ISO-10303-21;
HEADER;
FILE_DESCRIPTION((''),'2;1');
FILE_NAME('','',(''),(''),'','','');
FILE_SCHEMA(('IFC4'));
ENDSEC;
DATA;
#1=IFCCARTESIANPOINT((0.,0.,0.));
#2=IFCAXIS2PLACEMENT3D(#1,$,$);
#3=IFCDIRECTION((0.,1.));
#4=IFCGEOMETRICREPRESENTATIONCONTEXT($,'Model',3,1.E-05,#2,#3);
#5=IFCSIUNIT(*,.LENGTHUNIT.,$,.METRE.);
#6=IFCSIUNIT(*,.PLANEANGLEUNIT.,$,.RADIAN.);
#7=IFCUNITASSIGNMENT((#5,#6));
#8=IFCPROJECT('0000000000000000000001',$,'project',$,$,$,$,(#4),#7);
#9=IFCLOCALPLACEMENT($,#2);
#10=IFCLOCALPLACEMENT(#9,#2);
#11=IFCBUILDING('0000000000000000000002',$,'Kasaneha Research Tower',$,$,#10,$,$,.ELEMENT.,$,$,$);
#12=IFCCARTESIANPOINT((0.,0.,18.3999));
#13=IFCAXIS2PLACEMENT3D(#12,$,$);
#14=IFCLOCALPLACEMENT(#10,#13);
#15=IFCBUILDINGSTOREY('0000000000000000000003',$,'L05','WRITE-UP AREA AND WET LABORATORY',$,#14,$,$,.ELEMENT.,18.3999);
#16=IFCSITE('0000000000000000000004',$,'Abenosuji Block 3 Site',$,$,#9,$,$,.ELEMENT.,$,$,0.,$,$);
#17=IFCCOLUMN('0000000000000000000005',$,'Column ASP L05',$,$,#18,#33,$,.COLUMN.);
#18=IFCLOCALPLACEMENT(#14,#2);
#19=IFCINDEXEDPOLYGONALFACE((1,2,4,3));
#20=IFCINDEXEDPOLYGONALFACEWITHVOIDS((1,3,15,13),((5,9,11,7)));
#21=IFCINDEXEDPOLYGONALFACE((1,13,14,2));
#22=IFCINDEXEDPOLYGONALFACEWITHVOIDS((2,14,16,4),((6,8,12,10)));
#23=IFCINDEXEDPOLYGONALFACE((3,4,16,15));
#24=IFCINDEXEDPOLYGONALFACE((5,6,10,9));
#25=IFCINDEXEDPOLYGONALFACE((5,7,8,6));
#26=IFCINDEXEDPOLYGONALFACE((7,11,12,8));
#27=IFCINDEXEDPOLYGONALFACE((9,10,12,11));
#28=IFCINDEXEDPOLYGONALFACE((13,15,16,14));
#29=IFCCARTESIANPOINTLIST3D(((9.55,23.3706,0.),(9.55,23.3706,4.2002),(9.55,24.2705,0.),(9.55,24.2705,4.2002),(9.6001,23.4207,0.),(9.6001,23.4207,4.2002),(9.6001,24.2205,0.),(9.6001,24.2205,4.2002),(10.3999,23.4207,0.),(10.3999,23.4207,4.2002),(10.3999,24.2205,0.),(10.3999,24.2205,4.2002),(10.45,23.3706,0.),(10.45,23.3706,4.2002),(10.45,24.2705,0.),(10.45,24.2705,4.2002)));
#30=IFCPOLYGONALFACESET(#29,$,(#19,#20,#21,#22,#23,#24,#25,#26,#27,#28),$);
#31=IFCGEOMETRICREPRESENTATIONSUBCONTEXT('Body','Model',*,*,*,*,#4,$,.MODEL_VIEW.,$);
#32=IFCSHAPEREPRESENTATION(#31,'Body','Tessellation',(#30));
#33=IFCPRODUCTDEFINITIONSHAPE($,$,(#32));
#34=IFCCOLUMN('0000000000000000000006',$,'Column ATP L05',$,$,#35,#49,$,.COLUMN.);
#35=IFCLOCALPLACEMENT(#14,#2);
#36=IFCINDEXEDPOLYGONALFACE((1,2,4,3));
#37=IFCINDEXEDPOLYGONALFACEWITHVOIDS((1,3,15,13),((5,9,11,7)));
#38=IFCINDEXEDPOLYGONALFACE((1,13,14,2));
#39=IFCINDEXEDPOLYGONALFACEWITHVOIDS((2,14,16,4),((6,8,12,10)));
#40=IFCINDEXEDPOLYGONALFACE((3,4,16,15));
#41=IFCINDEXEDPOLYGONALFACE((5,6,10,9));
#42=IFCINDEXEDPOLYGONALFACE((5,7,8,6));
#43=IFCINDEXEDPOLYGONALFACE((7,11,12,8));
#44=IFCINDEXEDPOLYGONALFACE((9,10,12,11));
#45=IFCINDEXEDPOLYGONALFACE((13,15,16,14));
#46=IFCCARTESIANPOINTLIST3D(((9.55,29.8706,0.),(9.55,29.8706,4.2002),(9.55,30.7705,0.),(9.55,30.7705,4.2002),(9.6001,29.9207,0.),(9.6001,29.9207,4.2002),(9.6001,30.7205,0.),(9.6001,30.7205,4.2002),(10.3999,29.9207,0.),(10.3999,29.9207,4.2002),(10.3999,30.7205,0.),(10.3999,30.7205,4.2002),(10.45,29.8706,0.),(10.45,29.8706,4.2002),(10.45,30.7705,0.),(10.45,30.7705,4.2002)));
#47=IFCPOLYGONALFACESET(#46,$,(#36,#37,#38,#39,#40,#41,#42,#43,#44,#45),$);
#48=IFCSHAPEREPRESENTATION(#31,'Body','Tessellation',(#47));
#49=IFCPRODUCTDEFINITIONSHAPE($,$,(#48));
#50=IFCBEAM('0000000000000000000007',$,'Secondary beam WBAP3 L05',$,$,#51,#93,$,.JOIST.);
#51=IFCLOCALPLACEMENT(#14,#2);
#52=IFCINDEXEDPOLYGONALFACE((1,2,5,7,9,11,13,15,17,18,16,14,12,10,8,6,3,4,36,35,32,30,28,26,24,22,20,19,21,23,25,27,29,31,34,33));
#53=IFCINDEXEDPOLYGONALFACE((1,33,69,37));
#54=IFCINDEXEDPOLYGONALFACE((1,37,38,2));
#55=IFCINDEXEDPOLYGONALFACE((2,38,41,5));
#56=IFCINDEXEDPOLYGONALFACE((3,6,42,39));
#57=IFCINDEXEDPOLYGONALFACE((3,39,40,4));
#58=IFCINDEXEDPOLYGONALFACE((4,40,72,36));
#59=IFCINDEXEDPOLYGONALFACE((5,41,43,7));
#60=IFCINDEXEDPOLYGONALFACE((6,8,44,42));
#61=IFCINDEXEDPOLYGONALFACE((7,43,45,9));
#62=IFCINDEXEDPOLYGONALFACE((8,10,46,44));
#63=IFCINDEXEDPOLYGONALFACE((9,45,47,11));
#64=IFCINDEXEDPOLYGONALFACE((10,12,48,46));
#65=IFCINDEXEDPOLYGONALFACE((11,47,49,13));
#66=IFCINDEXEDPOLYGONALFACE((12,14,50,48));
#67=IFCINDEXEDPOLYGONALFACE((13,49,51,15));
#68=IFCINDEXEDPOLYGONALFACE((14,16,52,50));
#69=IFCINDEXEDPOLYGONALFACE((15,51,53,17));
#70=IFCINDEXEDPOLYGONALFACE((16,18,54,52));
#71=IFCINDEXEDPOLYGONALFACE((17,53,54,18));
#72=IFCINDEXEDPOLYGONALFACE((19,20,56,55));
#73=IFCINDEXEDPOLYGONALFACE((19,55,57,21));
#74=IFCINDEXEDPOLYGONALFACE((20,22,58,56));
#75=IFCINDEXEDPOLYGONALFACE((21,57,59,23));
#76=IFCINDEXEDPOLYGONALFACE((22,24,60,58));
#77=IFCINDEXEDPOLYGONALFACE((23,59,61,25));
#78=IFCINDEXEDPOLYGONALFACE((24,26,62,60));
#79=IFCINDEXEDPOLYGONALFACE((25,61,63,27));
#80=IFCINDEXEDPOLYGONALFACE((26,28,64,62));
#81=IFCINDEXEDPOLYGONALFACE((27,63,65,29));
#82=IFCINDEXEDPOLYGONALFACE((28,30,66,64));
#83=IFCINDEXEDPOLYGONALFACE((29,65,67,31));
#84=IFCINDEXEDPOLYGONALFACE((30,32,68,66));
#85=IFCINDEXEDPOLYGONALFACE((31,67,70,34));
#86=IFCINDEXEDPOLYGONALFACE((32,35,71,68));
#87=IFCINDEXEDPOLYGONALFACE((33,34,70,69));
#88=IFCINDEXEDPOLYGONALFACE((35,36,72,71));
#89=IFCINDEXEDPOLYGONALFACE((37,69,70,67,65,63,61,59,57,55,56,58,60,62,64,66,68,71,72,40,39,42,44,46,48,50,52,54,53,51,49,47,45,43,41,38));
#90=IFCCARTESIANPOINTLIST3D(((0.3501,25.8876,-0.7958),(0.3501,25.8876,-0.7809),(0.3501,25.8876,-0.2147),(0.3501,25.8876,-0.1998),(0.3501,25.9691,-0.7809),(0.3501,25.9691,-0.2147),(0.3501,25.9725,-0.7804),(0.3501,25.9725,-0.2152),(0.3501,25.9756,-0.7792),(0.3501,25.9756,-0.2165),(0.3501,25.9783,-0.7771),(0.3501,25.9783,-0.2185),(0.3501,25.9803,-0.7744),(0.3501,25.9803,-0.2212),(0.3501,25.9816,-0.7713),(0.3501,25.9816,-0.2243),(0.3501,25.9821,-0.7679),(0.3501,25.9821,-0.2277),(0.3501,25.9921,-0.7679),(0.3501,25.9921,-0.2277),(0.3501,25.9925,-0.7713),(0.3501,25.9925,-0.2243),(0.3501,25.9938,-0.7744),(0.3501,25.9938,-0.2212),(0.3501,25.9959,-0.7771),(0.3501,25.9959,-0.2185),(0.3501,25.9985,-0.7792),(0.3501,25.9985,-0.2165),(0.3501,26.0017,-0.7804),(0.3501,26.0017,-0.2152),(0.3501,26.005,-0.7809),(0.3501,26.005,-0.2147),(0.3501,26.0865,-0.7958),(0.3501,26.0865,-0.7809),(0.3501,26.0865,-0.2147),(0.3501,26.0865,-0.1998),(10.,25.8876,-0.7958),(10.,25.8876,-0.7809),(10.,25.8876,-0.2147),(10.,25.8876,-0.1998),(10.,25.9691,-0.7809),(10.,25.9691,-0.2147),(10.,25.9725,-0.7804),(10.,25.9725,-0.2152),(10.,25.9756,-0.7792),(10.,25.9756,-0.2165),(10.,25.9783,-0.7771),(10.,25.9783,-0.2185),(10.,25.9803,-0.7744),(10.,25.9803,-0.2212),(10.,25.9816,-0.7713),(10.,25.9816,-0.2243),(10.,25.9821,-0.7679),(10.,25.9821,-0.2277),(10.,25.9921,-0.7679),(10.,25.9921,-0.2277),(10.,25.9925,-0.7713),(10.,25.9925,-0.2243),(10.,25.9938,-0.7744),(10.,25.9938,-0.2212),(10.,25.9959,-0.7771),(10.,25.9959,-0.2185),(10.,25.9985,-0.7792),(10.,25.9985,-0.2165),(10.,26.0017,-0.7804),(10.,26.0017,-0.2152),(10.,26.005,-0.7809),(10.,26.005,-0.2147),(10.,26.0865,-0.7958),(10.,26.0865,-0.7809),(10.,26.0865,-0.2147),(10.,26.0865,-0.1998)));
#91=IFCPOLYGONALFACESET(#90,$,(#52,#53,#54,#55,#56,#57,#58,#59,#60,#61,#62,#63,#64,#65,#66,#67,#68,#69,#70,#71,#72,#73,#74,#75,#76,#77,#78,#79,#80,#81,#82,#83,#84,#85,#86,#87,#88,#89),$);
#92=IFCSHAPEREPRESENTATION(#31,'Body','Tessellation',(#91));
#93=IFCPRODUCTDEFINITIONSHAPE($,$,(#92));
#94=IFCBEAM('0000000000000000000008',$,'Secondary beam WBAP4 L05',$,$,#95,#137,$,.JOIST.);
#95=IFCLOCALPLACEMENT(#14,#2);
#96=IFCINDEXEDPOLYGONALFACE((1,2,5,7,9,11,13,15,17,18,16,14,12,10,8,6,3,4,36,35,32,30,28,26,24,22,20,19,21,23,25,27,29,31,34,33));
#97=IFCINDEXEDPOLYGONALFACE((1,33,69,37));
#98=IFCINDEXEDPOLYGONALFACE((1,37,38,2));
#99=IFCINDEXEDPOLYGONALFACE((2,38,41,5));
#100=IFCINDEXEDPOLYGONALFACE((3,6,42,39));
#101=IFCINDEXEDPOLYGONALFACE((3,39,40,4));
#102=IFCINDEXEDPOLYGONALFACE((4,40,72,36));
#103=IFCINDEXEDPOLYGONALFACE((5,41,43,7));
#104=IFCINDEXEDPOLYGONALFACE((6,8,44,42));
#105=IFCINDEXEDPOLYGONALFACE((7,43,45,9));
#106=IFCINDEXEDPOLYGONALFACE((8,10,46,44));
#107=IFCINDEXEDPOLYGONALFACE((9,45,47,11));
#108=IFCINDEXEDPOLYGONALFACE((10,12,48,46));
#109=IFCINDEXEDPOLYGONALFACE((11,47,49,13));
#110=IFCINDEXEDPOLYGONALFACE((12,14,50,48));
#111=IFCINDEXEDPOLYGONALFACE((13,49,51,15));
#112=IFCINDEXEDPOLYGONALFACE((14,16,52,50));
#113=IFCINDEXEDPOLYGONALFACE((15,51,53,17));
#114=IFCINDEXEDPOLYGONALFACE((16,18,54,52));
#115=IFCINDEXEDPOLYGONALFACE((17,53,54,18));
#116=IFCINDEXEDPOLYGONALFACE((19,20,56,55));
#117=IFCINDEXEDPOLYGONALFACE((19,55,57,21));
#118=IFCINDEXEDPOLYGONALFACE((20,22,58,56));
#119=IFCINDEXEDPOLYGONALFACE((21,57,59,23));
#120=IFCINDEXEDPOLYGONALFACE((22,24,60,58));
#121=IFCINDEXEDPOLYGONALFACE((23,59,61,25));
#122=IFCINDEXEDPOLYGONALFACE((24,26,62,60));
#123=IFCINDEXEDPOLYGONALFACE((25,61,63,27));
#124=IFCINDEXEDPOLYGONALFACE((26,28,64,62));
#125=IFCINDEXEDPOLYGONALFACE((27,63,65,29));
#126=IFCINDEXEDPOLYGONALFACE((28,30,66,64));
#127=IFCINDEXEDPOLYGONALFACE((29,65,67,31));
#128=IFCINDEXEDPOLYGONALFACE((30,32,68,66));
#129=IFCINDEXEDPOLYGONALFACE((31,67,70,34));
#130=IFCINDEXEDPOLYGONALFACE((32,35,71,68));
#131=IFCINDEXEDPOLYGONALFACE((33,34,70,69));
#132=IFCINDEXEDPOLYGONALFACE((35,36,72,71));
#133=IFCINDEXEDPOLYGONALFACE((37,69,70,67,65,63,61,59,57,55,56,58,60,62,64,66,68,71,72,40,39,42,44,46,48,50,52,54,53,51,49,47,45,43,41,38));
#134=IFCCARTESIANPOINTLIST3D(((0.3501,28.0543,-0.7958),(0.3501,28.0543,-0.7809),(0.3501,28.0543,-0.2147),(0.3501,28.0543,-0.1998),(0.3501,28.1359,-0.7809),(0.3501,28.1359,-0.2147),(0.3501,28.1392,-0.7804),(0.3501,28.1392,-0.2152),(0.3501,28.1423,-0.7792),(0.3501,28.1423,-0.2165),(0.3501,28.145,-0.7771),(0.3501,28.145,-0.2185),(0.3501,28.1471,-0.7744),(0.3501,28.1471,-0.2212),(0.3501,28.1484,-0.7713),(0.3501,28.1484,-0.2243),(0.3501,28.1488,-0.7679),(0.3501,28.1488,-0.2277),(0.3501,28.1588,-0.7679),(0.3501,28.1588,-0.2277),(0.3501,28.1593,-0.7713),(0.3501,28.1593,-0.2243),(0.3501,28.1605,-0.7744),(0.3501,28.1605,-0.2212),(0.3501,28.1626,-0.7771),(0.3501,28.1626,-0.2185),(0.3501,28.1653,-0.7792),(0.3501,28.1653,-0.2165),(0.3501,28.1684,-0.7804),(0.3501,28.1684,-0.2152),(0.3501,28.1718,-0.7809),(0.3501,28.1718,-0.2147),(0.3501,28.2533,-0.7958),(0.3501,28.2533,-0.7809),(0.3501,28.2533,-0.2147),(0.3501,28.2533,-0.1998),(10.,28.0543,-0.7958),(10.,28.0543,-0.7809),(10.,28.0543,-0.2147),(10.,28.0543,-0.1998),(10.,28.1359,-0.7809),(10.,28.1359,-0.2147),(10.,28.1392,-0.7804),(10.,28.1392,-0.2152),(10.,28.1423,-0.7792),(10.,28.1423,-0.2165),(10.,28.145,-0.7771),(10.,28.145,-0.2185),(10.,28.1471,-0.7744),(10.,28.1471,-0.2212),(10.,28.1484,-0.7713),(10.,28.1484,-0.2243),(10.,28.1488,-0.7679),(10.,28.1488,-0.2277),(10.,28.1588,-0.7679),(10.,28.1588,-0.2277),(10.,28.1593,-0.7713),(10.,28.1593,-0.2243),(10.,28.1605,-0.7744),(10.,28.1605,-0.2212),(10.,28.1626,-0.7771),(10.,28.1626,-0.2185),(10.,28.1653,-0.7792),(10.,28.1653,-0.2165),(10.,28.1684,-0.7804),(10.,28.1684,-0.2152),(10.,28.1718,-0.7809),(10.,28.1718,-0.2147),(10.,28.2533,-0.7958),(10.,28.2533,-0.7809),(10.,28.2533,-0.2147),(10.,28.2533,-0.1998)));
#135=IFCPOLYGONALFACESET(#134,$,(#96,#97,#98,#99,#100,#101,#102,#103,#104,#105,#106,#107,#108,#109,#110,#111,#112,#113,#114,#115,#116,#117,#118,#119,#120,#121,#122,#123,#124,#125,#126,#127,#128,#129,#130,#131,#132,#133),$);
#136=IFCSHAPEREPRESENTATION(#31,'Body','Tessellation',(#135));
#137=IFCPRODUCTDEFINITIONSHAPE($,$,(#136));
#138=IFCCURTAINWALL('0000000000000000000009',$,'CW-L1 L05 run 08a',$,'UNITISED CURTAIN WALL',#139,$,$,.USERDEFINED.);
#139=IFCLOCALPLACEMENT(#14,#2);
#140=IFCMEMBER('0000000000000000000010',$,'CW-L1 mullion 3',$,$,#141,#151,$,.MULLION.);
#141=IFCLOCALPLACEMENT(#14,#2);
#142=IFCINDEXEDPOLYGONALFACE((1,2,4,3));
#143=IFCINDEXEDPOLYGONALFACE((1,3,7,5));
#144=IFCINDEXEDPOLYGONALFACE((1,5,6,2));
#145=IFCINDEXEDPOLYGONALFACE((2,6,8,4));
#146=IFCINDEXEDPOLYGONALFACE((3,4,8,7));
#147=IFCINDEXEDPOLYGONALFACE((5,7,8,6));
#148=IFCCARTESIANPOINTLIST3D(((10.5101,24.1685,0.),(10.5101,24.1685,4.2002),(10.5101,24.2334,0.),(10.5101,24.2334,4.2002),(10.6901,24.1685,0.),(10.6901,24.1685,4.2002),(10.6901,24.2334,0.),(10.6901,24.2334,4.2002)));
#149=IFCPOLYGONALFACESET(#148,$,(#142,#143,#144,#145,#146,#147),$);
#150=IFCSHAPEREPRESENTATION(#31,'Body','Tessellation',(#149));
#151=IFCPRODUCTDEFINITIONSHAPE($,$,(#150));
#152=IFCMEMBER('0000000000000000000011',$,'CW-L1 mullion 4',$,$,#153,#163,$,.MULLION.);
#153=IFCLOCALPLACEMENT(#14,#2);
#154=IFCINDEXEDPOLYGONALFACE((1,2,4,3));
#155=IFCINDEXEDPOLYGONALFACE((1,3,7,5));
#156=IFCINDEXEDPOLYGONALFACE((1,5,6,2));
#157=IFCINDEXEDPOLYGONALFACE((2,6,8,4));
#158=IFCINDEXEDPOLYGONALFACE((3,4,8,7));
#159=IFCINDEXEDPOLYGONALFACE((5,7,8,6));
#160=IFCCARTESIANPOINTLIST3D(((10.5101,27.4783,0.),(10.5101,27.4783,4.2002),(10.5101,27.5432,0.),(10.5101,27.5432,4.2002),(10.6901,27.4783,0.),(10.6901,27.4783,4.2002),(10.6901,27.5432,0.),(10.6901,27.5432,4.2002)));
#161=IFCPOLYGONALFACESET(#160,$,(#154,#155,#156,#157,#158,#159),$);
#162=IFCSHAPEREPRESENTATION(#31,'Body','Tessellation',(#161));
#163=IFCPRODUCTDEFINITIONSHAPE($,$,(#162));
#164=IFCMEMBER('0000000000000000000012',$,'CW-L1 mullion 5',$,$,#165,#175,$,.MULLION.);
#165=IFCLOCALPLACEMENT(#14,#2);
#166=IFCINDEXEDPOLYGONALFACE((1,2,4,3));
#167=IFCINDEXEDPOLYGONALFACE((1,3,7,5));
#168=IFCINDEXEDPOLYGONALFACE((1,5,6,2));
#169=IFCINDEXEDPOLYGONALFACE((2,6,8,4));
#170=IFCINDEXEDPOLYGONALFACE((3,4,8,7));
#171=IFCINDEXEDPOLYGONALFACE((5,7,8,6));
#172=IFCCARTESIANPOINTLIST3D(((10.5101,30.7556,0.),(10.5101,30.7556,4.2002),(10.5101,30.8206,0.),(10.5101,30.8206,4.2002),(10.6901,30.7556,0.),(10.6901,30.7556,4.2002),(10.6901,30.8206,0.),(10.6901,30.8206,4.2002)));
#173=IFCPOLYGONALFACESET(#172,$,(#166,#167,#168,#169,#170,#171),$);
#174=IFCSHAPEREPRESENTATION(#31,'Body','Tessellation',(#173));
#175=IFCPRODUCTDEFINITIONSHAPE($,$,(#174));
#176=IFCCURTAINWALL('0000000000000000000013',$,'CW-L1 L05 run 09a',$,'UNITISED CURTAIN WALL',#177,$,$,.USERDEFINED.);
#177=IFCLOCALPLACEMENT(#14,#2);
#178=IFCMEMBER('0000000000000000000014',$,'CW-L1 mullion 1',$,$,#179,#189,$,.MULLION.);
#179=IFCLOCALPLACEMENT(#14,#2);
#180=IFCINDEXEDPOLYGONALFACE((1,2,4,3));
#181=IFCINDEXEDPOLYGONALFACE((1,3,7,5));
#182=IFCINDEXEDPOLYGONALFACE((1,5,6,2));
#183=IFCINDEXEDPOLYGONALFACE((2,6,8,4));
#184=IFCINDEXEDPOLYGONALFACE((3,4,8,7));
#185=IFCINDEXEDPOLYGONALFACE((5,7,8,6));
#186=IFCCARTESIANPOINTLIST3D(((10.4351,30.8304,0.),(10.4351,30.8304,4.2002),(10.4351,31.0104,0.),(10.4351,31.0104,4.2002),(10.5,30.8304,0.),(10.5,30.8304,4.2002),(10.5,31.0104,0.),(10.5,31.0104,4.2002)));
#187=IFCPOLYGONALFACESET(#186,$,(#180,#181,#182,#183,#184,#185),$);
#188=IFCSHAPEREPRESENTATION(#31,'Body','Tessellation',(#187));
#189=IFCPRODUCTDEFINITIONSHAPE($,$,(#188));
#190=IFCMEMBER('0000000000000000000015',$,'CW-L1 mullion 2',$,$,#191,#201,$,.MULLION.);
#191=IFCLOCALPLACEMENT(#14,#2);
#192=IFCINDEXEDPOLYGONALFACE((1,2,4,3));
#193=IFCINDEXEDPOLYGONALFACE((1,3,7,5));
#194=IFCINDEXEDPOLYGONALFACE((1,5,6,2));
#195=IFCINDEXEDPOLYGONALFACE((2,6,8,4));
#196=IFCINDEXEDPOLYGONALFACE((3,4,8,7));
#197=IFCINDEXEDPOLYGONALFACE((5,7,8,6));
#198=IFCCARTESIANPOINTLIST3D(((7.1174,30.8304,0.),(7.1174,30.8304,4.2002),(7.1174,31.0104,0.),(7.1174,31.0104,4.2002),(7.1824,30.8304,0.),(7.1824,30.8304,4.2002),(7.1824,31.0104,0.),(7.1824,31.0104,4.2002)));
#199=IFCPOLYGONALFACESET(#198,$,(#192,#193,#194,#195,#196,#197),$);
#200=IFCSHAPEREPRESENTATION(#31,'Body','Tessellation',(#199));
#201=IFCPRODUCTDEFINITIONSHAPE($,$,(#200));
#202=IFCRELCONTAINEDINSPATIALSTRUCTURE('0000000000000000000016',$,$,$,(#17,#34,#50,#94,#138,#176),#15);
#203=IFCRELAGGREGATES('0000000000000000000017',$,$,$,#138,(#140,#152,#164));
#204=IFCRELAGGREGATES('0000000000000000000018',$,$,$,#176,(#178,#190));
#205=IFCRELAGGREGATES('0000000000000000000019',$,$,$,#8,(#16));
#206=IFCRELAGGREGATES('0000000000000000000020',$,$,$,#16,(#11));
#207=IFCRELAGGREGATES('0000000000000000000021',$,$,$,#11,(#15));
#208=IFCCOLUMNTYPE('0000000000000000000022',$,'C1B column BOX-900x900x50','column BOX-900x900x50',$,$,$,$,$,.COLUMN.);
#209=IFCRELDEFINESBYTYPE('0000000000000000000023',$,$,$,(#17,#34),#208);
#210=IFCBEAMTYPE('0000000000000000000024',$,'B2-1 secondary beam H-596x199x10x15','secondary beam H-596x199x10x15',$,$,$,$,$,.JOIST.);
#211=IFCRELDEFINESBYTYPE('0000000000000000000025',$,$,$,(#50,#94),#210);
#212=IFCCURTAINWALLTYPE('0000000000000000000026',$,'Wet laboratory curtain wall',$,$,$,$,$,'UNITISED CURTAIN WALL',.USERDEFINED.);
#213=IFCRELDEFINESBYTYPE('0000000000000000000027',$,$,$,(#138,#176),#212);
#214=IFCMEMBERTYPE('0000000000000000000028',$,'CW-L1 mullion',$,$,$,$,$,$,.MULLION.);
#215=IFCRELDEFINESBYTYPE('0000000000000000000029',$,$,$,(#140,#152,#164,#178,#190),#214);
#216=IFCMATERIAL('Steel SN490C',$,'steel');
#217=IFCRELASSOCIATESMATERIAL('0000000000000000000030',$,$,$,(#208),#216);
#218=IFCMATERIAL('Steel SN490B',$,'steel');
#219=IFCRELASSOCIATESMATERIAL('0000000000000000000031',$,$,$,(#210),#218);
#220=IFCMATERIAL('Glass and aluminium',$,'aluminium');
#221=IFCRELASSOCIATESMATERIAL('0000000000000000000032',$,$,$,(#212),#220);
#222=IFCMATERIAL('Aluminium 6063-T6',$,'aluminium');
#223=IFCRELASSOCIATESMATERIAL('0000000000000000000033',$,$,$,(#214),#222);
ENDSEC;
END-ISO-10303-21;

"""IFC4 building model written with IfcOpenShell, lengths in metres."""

from ifc_helpers import new_model, si_unit, direction, frame, origin, origin_2d, place, context, subcontext, project, spatial, rectangle, hollow_rectangle, i_section, extrude, material, material_profile, profile_set, type_object, element, aggregate, save


model = new_model("IFC4")

# Units and contexts
model_context = context("Model", 3, precision=1e-05, world=origin(), true_north=direction((0.0, 1.0)))
body_context = subcontext(model_context, "Body", "Model", "MODEL_VIEW")
ifc_project = project(units=[si_unit("LENGTHUNIT", "METRE"), si_unit("PLANEANGLEUNIT", "RADIAN")], contexts=[model_context])

# Site, building, storey
site_placement = place(None, origin())
site = spatial("IfcSite", under=ifc_project, at=site_placement, Name="Abenosuji Block 3 Site", CompositionType="ELEMENT", RefElevation=0.0)
building_placement = place(site_placement, origin())
building = spatial("IfcBuilding", under=site, at=building_placement, Name="Kasaneha Research Tower", CompositionType="ELEMENT")
storey_placement = place(building_placement, frame((0.0, 0.0, 18.3999)))
storey = spatial("IfcBuildingStorey", under=building, at=storey_placement, Name="L05", Description="WRITE-UP AREA AND WET LABORATORY", CompositionType="ELEMENT", Elevation=18.3999)

# Columns
ifc_material_1 = material(Name="Steel SN490C", Category="steel")
ifc_material_profile_1 = material_profile(ifc_material_1, hollow_rectangle(XDim=0.8999, YDim=0.8999, WallThickness=0.05, at=origin_2d()), Name="BOX-900x900x50")
ifc_profile_set_1 = profile_set([ifc_material_profile_1], Name="Steel SN490C")
column_type = type_object("IfcColumnType", Name="C1B column BOX-900x900x50", Description="column BOX-900x900x50", PredefinedType="COLUMN", material=ifc_profile_set_1)
for number, where, z_axis, x_axis, name in (
    (1, (10.0, 23.8206, 0.0), (0.0, 0.0, 1.0), (1.0, 0.0, 0.0), "Column ASP L05"),
    (2, (10.0, 30.3206, 0.0), (0.0, 0.0, 1.0), (1.0, 0.0, 0.0), "Column ATP L05"),
):
    element("IfcColumn", number, at=place(storey_placement, frame(where, z_axis=z_axis, x_axis=x_axis)), inside=storey, type_object=column_type, Name=name, PredefinedType="COLUMN", context=body_context, shape_type="SweptSolid", body=[
        extrude(hollow_rectangle(XDim=0.8999, YDim=0.8999, WallThickness=0.05, at=origin_2d()), origin(), (0.0, 0.0, 1.0), 4.2002),
    ])

# Beams
ifc_material_2 = material(Name="Steel SN490B", Category="steel")
ifc_material_profile_2 = material_profile(ifc_material_2, i_section(OverallWidth=0.199, OverallDepth=0.5959, WebThickness=0.01, FlangeThickness=0.0149, FilletRadius=0.0129, at=origin_2d()), Name="H-596x199x10x15")
ifc_profile_set_2 = profile_set([ifc_material_profile_2], Name="Steel SN490B")
beam_type_1 = type_object("IfcBeamType", Name="B2-1 secondary beam H-596x199x10x15", Description="secondary beam H-596x199x10x15", PredefinedType="JOIST", material=ifc_profile_set_2)
for number, where, z_axis, x_axis, name in (
    (3, (10.0, 25.9871, -0.4978), (-1.0, 0.0, 0.0), (0.0, -1.0, 0.0), "Secondary beam WBAP3 L05"),
    (4, (10.0, 28.1538, -0.4978), (-1.0, 0.0, 0.0), (0.0, -1.0, 0.0), "Secondary beam WBAP4 L05"),
):
    element("IfcBeam", number, at=place(storey_placement, frame(where, z_axis=z_axis, x_axis=x_axis)), inside=storey, type_object=beam_type_1, Name=name, PredefinedType="JOIST", context=body_context, shape_type="SweptSolid", body=[
        extrude(i_section(OverallWidth=0.199, OverallDepth=0.5959, WebThickness=0.01, FlangeThickness=0.0149, FilletRadius=0.0129, at=origin_2d()), origin(), (0.0, 0.0, 1.0), 9.6499),
    ])

# Curtain walls, members
ifc_material_3 = material(Name="Glass and aluminium", Category="aluminium")
curtain_wall_type = type_object("IfcCurtainWallType", Name="Wet laboratory curtain wall", ElementType="UNITISED CURTAIN WALL", PredefinedType="USERDEFINED", material=ifc_material_3)
curtain_wall_1_placement = place(storey_placement, origin())
curtain_wall_1 = element("IfcCurtainWall", 5, at=curtain_wall_1_placement, inside=storey, type_object=curtain_wall_type, Name="CW-L1 L05 run 08a", ObjectType="UNITISED CURTAIN WALL", PredefinedType="USERDEFINED")
ifc_material_4 = material(Name="Aluminium 6063-T6", Category="aluminium")
ifc_material_profile_3 = material_profile(ifc_material_4, rectangle(XDim=0.0649, YDim=0.1799, at=origin_2d()), Name="CW-L1 mullion 65x180")
ifc_profile_set_3 = profile_set([ifc_material_profile_3], Name="Aluminium 6063-T6")
member_type_1 = type_object("IfcMemberType", Name="CW-L1 mullion", PredefinedType="MULLION", material=ifc_profile_set_3)
member_1_placement = place(storey_placement, frame((10.6001, 24.2009, 0.0), z_axis=(0.0, 0.0, 1.0), x_axis=(0.0, 1.0, 0.0)))
member_1 = element("IfcMember", 6, at=member_1_placement, type_object=member_type_1, Name="CW-L1 mullion 3", PredefinedType="MULLION", context=body_context, shape_type="SweptSolid", body=[
    extrude(rectangle(XDim=0.0649, YDim=0.1799, at=origin_2d()), origin(), (0.0, 0.0, 1.0), 4.2002),
])
member_2_placement = place(storey_placement, frame((10.6001, 27.5107, 0.0), z_axis=(0.0, 0.0, 1.0), x_axis=(0.0, 1.0, 0.0)))
member_2 = element("IfcMember", 7, at=member_2_placement, type_object=member_type_1, Name="CW-L1 mullion 4", PredefinedType="MULLION", context=body_context, shape_type="SweptSolid", body=[
    extrude(rectangle(XDim=0.0649, YDim=0.1799, at=origin_2d()), origin(), (0.0, 0.0, 1.0), 4.2002),
])
member_3_placement = place(storey_placement, frame((10.6001, 30.7881, 0.0), z_axis=(0.0, 0.0, 1.0), x_axis=(0.0, 1.0, 0.0)))
member_3 = element("IfcMember", 8, at=member_3_placement, type_object=member_type_1, Name="CW-L1 mullion 5", PredefinedType="MULLION", context=body_context, shape_type="SweptSolid", body=[
    extrude(rectangle(XDim=0.0649, YDim=0.1799, at=origin_2d()), origin(), (0.0, 0.0, 1.0), 4.2002),
])
curtain_wall_2_placement = place(storey_placement, origin())
curtain_wall_2 = element("IfcCurtainWall", 9, at=curtain_wall_2_placement, inside=storey, type_object=curtain_wall_type, Name="CW-L1 L05 run 09a", ObjectType="UNITISED CURTAIN WALL", PredefinedType="USERDEFINED")
member_4_placement = place(storey_placement, frame((10.4675, 30.9204, 0.0), z_axis=(0.0, 0.0, 1.0), x_axis=(-1.0, 0.0, 0.0)))
member_4 = element("IfcMember", 10, at=member_4_placement, type_object=member_type_1, Name="CW-L1 mullion 1", PredefinedType="MULLION", context=body_context, shape_type="SweptSolid", body=[
    extrude(rectangle(XDim=0.0649, YDim=0.1799, at=origin_2d()), origin(), (0.0, 0.0, 1.0), 4.2002),
])
member_5_placement = place(storey_placement, frame((7.1499, 30.9204, 0.0), z_axis=(0.0, 0.0, 1.0), x_axis=(-1.0, 0.0, 0.0)))
member_5 = element("IfcMember", 11, at=member_5_placement, type_object=member_type_1, Name="CW-L1 mullion 2", PredefinedType="MULLION", context=body_context, shape_type="SweptSolid", body=[
    extrude(rectangle(XDim=0.0649, YDim=0.1799, at=origin_2d()), origin(), (0.0, 0.0, 1.0), 4.2002),
])

aggregate(curtain_wall_1, [member_1, member_2, member_3])
aggregate(curtain_wall_2, [member_4, member_5])

save(model, "model.ifc")
